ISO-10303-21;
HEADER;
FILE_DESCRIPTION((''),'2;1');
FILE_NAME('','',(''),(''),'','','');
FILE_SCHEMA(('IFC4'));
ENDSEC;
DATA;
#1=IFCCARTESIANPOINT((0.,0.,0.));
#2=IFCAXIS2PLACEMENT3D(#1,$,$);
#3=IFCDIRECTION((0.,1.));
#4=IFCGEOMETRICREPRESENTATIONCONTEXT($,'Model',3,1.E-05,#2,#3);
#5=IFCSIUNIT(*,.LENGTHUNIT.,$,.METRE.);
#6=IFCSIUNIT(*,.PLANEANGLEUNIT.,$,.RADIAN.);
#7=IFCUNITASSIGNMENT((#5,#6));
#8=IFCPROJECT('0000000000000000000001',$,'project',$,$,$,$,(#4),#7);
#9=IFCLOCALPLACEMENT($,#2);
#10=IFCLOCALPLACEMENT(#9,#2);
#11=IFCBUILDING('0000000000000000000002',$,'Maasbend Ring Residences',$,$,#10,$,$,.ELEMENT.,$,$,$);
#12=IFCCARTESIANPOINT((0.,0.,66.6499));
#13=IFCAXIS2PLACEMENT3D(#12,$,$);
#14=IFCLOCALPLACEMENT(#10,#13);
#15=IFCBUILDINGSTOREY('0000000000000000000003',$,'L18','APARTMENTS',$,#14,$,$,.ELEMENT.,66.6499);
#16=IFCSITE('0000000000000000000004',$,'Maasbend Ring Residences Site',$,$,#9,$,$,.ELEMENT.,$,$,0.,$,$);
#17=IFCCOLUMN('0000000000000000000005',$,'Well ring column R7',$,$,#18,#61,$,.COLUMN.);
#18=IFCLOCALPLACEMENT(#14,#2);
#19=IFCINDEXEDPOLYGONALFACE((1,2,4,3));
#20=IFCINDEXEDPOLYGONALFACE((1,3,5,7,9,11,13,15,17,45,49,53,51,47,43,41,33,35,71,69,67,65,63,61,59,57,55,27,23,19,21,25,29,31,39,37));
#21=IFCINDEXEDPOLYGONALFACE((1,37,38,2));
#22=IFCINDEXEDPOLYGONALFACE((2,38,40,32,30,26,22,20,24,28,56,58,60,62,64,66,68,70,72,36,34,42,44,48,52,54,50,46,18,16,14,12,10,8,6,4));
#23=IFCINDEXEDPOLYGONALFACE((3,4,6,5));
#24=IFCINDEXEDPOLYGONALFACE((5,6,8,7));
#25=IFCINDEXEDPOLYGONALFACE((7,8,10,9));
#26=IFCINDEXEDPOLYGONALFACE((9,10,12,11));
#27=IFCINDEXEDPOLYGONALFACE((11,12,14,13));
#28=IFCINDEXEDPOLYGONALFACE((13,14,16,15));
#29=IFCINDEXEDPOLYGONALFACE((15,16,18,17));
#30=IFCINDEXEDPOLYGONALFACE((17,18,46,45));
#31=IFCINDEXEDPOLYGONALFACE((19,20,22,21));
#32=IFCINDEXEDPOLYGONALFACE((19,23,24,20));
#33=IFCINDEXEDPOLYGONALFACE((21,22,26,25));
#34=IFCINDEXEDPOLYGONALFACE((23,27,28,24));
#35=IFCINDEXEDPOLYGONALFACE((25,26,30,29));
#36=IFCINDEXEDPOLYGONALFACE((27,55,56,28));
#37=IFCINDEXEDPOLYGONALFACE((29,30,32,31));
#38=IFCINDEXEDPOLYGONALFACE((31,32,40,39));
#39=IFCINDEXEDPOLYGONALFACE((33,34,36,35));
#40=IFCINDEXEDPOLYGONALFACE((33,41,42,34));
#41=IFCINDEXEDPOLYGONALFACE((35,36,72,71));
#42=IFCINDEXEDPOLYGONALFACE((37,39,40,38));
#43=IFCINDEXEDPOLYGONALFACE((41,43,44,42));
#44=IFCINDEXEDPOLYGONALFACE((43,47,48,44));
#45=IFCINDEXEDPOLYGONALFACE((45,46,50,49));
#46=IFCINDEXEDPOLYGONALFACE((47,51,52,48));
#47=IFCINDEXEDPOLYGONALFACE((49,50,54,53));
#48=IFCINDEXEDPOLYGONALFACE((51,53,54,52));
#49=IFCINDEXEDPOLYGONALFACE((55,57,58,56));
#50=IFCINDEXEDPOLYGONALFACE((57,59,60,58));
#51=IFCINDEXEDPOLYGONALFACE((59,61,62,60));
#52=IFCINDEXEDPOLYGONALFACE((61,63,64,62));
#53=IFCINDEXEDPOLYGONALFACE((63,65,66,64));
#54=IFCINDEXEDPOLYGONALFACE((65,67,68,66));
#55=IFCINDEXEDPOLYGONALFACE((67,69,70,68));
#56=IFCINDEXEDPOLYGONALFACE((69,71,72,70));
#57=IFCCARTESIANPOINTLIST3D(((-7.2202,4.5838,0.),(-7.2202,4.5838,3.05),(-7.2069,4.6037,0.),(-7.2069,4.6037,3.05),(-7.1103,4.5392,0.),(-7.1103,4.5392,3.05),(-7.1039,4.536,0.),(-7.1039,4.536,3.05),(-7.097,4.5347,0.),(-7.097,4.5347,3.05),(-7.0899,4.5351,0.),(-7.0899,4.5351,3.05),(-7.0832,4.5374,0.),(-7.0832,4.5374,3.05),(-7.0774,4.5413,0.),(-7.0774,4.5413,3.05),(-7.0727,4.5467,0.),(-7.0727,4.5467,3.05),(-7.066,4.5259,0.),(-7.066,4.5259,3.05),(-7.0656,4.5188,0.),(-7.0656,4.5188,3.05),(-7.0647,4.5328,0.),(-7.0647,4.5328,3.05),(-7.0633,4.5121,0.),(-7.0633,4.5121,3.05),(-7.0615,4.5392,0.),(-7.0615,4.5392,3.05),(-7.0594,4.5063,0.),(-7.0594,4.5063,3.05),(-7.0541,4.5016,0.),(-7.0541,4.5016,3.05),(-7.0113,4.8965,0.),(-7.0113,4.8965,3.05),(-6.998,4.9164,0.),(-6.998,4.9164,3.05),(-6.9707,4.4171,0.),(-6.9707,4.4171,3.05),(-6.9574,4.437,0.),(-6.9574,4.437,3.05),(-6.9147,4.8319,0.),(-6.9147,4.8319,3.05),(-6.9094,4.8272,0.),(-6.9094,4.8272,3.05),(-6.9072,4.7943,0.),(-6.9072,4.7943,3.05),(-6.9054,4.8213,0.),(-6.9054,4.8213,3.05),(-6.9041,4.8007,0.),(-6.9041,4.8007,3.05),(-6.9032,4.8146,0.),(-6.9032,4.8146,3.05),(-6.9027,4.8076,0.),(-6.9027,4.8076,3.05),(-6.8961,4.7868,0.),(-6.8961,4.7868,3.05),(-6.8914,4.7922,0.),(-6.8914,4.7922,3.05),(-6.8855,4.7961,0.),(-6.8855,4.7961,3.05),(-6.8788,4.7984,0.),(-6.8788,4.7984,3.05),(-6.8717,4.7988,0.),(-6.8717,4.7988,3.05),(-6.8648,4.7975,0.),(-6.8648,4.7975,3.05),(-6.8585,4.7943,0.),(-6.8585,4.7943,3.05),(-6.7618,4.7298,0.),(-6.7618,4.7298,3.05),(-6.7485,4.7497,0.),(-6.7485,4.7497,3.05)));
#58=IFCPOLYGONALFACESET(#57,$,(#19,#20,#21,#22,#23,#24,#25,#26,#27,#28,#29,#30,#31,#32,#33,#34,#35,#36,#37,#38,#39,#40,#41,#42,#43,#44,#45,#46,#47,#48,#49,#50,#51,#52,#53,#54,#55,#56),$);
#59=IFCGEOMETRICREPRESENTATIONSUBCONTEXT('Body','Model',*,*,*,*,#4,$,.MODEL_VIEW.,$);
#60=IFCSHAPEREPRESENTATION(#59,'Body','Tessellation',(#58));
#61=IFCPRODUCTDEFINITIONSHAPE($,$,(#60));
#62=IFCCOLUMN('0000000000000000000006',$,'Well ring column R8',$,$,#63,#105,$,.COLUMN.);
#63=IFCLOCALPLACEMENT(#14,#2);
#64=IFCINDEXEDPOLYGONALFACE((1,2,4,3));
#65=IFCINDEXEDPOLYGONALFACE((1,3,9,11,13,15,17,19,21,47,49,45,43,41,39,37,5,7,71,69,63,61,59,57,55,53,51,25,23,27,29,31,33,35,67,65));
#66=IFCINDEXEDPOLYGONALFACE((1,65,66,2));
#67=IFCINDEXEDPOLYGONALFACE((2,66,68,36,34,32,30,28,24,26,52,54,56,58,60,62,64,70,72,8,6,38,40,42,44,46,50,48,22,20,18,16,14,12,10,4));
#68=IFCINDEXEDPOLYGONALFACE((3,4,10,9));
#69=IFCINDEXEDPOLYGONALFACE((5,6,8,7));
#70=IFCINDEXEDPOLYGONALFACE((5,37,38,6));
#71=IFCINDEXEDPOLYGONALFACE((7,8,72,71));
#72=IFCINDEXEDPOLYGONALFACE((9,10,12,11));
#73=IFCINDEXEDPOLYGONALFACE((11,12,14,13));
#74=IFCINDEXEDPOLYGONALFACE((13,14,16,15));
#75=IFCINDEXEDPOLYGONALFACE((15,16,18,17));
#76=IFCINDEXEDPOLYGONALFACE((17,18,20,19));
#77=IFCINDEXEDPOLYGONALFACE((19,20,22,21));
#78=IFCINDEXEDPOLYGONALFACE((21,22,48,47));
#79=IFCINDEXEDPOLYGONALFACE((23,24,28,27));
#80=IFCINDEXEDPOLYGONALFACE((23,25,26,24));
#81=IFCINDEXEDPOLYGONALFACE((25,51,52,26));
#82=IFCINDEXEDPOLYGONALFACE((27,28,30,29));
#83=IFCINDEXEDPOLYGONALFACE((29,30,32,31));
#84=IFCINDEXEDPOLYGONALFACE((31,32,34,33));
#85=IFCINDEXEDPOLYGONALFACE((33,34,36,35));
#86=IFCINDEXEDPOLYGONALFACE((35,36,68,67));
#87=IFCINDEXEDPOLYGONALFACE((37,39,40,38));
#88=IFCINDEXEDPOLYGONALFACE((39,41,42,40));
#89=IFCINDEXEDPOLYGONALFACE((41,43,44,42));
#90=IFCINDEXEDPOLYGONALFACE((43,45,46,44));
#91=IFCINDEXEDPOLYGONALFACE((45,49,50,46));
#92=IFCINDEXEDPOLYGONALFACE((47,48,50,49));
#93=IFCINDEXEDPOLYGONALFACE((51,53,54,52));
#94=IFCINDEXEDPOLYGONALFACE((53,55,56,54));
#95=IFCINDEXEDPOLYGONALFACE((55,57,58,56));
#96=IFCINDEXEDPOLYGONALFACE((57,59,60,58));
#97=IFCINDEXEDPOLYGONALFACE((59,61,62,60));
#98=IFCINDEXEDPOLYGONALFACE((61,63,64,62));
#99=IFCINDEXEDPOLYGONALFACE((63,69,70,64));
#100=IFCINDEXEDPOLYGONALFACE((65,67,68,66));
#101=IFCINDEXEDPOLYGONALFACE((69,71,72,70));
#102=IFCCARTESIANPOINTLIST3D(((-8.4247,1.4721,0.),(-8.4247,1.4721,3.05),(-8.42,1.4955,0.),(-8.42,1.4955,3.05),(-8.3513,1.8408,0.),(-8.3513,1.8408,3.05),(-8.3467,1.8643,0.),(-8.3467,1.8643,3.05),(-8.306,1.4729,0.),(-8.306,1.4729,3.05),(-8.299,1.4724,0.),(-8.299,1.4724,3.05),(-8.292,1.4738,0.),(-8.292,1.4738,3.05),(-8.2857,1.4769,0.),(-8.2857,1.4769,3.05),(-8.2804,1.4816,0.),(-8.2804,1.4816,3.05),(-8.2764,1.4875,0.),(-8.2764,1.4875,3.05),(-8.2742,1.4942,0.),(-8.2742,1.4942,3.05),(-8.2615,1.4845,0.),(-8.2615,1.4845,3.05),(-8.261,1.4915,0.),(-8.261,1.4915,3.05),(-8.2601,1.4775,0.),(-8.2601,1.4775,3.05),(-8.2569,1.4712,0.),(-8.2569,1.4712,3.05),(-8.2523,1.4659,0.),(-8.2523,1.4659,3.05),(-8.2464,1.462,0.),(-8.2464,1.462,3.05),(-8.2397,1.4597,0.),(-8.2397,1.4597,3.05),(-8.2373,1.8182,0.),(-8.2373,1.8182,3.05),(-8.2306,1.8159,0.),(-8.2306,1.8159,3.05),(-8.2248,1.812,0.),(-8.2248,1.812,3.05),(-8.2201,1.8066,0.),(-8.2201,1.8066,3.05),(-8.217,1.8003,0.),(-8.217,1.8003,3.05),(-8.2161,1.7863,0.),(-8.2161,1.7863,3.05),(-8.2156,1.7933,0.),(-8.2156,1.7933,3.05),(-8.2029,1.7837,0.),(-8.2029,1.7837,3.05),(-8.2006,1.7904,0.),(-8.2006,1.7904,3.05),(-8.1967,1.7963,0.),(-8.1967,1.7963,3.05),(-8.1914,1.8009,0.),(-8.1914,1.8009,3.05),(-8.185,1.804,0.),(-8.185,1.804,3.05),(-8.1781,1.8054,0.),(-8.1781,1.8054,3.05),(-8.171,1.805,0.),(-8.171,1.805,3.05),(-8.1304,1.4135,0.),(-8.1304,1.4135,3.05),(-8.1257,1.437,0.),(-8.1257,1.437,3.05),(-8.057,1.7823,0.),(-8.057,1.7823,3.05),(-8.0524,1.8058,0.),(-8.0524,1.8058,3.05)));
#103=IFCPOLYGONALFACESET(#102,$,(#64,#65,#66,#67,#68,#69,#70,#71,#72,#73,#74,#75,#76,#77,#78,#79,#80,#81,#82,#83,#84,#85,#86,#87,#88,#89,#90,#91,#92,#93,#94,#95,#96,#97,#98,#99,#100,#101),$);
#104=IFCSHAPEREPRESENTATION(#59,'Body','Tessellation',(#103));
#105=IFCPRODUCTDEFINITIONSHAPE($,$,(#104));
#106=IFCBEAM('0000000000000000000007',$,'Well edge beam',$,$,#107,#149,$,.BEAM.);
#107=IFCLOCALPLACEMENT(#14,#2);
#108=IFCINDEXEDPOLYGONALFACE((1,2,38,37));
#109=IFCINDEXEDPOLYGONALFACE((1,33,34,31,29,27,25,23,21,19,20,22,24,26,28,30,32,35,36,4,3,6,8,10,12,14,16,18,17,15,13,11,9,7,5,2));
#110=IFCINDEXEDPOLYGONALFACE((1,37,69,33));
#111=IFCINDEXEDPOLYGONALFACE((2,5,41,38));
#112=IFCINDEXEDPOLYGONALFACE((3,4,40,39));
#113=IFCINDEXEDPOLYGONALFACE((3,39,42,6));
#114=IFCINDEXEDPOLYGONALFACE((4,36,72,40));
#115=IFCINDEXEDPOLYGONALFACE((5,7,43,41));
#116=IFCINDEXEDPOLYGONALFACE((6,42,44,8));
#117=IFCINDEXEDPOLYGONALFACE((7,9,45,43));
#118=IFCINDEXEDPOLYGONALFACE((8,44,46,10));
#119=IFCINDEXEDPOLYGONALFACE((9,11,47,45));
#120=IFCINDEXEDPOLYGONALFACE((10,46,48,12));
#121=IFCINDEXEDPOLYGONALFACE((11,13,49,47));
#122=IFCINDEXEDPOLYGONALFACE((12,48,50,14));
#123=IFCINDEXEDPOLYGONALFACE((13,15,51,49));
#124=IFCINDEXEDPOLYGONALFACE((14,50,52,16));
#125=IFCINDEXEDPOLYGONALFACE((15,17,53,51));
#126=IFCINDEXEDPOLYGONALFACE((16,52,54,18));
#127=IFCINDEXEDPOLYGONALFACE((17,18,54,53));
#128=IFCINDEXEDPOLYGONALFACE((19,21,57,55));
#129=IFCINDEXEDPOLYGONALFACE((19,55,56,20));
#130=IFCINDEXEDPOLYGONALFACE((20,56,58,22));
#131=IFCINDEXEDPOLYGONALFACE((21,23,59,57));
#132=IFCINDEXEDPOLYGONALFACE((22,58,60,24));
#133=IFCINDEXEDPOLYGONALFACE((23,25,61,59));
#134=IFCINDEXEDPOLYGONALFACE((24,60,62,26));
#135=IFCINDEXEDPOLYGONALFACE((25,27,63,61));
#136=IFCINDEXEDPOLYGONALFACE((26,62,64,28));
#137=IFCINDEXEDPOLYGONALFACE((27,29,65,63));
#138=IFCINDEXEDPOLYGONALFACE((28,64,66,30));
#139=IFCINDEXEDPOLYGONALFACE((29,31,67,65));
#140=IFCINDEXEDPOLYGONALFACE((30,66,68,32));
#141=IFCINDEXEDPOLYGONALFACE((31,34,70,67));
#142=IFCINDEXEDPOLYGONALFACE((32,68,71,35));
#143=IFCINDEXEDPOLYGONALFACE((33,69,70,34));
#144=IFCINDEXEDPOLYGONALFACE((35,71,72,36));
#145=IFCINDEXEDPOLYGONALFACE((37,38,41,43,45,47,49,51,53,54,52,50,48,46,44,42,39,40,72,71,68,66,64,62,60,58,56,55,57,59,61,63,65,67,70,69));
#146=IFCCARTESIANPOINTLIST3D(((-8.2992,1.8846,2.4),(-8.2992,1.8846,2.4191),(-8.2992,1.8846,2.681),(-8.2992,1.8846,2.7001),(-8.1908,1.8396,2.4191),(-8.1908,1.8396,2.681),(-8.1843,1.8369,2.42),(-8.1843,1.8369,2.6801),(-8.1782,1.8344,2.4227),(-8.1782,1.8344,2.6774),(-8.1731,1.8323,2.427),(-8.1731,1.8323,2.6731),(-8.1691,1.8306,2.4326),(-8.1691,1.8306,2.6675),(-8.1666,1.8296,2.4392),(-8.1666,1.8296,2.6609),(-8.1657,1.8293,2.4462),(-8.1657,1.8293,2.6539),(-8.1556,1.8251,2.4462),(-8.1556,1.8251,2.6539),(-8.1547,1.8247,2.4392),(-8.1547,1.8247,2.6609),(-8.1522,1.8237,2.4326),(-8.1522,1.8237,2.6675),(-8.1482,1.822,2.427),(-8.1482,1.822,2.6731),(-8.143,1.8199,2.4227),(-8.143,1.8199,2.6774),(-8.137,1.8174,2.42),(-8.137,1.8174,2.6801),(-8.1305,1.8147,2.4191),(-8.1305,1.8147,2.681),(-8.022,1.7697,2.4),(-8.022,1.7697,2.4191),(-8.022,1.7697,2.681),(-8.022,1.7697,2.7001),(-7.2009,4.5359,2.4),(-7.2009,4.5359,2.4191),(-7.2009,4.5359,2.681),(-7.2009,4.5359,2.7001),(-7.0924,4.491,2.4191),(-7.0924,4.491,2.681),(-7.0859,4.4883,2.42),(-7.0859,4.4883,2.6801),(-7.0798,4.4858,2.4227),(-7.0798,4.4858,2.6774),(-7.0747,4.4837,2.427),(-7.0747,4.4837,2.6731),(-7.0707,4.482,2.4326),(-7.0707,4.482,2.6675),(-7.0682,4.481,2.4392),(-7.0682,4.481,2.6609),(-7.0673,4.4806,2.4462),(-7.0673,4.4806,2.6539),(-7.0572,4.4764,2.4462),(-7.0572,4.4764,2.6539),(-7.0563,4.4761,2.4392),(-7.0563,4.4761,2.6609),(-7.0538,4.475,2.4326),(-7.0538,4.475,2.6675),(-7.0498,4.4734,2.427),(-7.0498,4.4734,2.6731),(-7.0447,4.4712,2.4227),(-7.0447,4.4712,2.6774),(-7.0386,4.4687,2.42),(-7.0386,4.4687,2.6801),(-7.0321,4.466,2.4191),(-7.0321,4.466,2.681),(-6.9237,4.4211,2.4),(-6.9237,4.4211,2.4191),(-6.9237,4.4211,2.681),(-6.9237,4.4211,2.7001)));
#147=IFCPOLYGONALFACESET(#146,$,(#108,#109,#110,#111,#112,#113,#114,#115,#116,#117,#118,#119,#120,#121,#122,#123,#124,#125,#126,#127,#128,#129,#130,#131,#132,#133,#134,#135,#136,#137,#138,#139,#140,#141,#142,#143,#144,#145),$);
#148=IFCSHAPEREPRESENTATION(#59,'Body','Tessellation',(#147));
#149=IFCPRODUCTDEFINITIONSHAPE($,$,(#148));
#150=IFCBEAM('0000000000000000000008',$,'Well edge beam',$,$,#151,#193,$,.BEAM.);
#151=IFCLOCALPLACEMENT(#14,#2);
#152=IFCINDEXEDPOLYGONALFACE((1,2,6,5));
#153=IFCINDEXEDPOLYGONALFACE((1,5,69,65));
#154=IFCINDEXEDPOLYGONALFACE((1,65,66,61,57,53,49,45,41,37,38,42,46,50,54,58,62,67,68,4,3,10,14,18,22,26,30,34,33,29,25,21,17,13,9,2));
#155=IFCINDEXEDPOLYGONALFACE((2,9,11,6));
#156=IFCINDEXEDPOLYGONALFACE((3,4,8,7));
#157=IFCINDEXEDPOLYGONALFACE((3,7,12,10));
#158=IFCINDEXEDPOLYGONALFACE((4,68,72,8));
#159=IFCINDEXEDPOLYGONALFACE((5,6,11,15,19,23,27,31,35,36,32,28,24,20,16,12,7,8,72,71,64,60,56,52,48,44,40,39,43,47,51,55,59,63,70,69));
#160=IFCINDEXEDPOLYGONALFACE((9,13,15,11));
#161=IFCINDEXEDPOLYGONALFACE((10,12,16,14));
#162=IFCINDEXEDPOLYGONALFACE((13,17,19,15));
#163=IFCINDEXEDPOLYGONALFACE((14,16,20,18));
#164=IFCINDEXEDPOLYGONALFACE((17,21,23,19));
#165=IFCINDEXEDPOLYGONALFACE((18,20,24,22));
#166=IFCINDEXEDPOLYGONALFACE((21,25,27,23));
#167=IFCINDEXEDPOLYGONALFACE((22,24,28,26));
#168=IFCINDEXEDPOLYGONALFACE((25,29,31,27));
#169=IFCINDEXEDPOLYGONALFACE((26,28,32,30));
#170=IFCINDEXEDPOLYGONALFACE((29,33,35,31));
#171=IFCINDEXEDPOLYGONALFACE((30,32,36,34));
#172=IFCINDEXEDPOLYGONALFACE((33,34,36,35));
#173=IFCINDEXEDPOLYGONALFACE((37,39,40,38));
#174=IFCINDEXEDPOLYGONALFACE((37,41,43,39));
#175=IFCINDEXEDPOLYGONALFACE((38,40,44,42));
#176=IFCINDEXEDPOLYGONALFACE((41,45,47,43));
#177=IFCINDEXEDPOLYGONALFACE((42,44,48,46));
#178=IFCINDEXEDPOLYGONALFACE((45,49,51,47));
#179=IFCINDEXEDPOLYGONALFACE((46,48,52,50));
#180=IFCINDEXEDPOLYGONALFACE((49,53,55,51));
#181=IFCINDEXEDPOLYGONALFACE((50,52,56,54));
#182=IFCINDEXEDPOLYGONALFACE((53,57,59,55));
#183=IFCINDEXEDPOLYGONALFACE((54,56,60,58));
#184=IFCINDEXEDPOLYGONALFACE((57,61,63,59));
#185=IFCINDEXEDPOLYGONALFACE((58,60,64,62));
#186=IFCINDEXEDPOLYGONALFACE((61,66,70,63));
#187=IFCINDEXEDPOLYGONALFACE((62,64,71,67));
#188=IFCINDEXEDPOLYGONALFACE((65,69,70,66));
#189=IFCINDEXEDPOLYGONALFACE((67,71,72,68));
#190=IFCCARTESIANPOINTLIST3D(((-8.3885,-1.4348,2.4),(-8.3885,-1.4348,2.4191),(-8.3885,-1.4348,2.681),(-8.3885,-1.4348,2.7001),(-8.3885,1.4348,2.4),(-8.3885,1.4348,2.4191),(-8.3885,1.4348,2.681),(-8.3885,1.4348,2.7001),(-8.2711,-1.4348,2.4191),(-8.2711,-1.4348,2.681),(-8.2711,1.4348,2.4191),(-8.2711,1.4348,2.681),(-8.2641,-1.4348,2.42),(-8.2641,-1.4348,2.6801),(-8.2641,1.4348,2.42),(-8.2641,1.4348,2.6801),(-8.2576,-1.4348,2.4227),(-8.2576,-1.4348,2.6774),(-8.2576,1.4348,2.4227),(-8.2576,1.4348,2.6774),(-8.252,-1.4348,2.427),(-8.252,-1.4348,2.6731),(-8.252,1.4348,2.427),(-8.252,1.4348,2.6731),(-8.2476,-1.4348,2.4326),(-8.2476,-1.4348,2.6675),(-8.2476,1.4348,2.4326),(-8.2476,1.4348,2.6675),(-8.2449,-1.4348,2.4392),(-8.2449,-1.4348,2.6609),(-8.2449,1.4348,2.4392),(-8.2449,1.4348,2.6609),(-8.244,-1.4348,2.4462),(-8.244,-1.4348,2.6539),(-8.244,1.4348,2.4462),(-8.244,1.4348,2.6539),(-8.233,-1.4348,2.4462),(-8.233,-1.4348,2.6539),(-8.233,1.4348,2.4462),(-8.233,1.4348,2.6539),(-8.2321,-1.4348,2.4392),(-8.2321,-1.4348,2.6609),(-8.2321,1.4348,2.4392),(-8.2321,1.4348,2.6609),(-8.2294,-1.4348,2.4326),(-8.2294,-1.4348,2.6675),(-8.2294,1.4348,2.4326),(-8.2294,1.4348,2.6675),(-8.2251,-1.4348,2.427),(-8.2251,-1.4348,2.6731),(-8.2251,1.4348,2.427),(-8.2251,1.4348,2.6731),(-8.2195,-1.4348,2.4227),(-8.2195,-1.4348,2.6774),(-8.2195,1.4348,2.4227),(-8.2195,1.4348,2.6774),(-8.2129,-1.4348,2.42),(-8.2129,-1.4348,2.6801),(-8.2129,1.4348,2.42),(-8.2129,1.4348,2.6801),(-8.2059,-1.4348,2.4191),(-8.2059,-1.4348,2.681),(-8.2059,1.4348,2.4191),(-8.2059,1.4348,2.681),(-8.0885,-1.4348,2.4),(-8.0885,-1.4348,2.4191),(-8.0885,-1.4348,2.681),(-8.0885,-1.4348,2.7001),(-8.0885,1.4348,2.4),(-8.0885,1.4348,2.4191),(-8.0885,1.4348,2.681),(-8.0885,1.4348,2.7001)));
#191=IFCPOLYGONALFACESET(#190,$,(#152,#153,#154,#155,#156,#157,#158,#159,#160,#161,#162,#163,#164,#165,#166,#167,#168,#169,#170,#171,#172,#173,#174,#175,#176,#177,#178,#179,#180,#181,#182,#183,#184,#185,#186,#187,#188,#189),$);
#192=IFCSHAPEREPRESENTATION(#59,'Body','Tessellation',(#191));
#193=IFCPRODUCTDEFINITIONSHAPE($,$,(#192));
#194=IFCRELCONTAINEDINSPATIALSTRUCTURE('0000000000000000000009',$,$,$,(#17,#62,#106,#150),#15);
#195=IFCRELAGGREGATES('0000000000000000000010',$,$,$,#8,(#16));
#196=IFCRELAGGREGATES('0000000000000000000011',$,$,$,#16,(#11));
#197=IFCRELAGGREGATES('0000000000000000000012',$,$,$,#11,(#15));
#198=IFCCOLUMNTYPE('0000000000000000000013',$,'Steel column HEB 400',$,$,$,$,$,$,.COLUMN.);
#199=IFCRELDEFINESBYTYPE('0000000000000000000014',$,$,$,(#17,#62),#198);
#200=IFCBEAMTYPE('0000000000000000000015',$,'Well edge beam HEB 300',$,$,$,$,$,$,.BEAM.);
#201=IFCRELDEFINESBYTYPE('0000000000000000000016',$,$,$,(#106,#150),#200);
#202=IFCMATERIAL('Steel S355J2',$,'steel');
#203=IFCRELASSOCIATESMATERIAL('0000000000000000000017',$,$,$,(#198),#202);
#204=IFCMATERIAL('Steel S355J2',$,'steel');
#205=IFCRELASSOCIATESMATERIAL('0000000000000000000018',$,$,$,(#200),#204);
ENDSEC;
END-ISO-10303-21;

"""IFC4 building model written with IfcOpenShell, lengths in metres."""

from ifc_helpers import new_model, si_unit, direction, frame, origin, origin_2d, place, context, subcontext, project, spatial, i_section, extrude, material, material_profile, profile_set, type_object, element, save


model = new_model("IFC4")

# Units and contexts
model_context = context("Model", 3, precision=1e-05, world=origin(), true_north=direction((0.0, 1.0)))
body_context = subcontext(model_context, "Body", "Model", "MODEL_VIEW")
ifc_project = project(units=[si_unit("LENGTHUNIT", "METRE"), si_unit("PLANEANGLEUNIT", "RADIAN")], contexts=[model_context])

# Site, building, storey
site_placement = place(None, origin())
site = spatial("IfcSite", under=ifc_project, at=site_placement, Name="Maasbend Ring Residences Site", CompositionType="ELEMENT", RefElevation=0.0)
building_placement = place(site_placement, origin())
building = spatial("IfcBuilding", under=site, at=building_placement, Name="Maasbend Ring Residences", CompositionType="ELEMENT")
storey_placement = place(building_placement, frame((0.0, 0.0, 66.6499)))
storey = spatial("IfcBuildingStorey", under=building, at=storey_placement, Name="L18", Description="APARTMENTS", CompositionType="ELEMENT", Elevation=66.6499)

# Columns
ifc_material_1 = material(Name="Steel S355J2", Category="steel")
ifc_material_profile_1 = material_profile(ifc_material_1, i_section(OverallWidth=0.3, OverallDepth=0.3999, WebThickness=0.0134, FlangeThickness=0.0239, FilletRadius=0.0271, at=origin_2d()), Name="HEB 400")
ifc_profile_set_1 = profile_set([ifc_material_profile_1], Name="Steel S355J2")
column_type = type_object("IfcColumnType", Name="Steel column HEB 400", PredefinedType="COLUMN", material=ifc_profile_set_1)
for number, where, z_axis, x_axis, name in (
    (1, (-6.9844, 4.6667, 0.0), (0.0, 0.0, 1.0), (-0.83147, 0.55557, 0.0), "Well ring column R7"),
    (2, (-8.2385, 1.6389, 0.0), (0.0, 0.0, 1.0), (-0.980785, 0.19509, 0.0), "Well ring column R8"),
):
    element("IfcColumn", number, at=place(storey_placement, frame(where, z_axis=z_axis, x_axis=x_axis)), inside=storey, type_object=column_type, Name=name, PredefinedType="COLUMN", context=body_context, shape_type="SweptSolid", body=[
        extrude(i_section(OverallWidth=0.3, OverallDepth=0.3999, WebThickness=0.0134, FlangeThickness=0.0239, FilletRadius=0.0271, at=origin_2d()), origin(), (0.0, 0.0, 1.0), 3.05),
    ])

# Beams
ifc_material_2 = material(Name="Steel S355J2", Category="steel")
ifc_material_profile_2 = material_profile(ifc_material_2, i_section(OverallWidth=0.3, OverallDepth=0.3, WebThickness=0.011, FlangeThickness=0.019, FilletRadius=0.0271, at=origin_2d()), Name="HEB 300")
ifc_profile_set_2 = profile_set([ifc_material_profile_2], Name="Steel S355J2")
beam_type = type_object("IfcBeamType", Name="Well edge beam HEB 300", PredefinedType="BEAM", material=ifc_profile_set_2)
beam_1_placement = place(storey_placement, frame((-7.0623, 4.4785, 2.55), z_axis=(-0.38273, -0.92386, 0.0), x_axis=(0.92386, -0.38273, 0.0)))
element("IfcBeam", 3, at=beam_1_placement, inside=storey, type_object=beam_type, Name="Well edge beam", PredefinedType="BEAM", context=body_context, shape_type="SweptSolid", body=[
    extrude(i_section(OverallWidth=0.3, OverallDepth=0.3, WebThickness=0.011, FlangeThickness=0.019, FilletRadius=0.0271, at=origin_2d()), origin(), (0.0, 0.0, 1.0), 2.8699),
])
beam_2_placement = place(storey_placement, frame((-8.2385, 1.4348, 2.55), z_axis=(0.0, -1.0, 0.0), x_axis=(1.0, 0.0, 0.0)))
element("IfcBeam", 4, at=beam_2_placement, inside=storey, type_object=beam_type, Name="Well edge beam", PredefinedType="BEAM", context=body_context, shape_type="SweptSolid", body=[
    extrude(i_section(OverallWidth=0.3, OverallDepth=0.3, WebThickness=0.011, FlangeThickness=0.019, FilletRadius=0.0271, at=origin_2d()), origin(), (0.0, 0.0, 1.0), 2.8696),
])

save(model, "model.ifc")
